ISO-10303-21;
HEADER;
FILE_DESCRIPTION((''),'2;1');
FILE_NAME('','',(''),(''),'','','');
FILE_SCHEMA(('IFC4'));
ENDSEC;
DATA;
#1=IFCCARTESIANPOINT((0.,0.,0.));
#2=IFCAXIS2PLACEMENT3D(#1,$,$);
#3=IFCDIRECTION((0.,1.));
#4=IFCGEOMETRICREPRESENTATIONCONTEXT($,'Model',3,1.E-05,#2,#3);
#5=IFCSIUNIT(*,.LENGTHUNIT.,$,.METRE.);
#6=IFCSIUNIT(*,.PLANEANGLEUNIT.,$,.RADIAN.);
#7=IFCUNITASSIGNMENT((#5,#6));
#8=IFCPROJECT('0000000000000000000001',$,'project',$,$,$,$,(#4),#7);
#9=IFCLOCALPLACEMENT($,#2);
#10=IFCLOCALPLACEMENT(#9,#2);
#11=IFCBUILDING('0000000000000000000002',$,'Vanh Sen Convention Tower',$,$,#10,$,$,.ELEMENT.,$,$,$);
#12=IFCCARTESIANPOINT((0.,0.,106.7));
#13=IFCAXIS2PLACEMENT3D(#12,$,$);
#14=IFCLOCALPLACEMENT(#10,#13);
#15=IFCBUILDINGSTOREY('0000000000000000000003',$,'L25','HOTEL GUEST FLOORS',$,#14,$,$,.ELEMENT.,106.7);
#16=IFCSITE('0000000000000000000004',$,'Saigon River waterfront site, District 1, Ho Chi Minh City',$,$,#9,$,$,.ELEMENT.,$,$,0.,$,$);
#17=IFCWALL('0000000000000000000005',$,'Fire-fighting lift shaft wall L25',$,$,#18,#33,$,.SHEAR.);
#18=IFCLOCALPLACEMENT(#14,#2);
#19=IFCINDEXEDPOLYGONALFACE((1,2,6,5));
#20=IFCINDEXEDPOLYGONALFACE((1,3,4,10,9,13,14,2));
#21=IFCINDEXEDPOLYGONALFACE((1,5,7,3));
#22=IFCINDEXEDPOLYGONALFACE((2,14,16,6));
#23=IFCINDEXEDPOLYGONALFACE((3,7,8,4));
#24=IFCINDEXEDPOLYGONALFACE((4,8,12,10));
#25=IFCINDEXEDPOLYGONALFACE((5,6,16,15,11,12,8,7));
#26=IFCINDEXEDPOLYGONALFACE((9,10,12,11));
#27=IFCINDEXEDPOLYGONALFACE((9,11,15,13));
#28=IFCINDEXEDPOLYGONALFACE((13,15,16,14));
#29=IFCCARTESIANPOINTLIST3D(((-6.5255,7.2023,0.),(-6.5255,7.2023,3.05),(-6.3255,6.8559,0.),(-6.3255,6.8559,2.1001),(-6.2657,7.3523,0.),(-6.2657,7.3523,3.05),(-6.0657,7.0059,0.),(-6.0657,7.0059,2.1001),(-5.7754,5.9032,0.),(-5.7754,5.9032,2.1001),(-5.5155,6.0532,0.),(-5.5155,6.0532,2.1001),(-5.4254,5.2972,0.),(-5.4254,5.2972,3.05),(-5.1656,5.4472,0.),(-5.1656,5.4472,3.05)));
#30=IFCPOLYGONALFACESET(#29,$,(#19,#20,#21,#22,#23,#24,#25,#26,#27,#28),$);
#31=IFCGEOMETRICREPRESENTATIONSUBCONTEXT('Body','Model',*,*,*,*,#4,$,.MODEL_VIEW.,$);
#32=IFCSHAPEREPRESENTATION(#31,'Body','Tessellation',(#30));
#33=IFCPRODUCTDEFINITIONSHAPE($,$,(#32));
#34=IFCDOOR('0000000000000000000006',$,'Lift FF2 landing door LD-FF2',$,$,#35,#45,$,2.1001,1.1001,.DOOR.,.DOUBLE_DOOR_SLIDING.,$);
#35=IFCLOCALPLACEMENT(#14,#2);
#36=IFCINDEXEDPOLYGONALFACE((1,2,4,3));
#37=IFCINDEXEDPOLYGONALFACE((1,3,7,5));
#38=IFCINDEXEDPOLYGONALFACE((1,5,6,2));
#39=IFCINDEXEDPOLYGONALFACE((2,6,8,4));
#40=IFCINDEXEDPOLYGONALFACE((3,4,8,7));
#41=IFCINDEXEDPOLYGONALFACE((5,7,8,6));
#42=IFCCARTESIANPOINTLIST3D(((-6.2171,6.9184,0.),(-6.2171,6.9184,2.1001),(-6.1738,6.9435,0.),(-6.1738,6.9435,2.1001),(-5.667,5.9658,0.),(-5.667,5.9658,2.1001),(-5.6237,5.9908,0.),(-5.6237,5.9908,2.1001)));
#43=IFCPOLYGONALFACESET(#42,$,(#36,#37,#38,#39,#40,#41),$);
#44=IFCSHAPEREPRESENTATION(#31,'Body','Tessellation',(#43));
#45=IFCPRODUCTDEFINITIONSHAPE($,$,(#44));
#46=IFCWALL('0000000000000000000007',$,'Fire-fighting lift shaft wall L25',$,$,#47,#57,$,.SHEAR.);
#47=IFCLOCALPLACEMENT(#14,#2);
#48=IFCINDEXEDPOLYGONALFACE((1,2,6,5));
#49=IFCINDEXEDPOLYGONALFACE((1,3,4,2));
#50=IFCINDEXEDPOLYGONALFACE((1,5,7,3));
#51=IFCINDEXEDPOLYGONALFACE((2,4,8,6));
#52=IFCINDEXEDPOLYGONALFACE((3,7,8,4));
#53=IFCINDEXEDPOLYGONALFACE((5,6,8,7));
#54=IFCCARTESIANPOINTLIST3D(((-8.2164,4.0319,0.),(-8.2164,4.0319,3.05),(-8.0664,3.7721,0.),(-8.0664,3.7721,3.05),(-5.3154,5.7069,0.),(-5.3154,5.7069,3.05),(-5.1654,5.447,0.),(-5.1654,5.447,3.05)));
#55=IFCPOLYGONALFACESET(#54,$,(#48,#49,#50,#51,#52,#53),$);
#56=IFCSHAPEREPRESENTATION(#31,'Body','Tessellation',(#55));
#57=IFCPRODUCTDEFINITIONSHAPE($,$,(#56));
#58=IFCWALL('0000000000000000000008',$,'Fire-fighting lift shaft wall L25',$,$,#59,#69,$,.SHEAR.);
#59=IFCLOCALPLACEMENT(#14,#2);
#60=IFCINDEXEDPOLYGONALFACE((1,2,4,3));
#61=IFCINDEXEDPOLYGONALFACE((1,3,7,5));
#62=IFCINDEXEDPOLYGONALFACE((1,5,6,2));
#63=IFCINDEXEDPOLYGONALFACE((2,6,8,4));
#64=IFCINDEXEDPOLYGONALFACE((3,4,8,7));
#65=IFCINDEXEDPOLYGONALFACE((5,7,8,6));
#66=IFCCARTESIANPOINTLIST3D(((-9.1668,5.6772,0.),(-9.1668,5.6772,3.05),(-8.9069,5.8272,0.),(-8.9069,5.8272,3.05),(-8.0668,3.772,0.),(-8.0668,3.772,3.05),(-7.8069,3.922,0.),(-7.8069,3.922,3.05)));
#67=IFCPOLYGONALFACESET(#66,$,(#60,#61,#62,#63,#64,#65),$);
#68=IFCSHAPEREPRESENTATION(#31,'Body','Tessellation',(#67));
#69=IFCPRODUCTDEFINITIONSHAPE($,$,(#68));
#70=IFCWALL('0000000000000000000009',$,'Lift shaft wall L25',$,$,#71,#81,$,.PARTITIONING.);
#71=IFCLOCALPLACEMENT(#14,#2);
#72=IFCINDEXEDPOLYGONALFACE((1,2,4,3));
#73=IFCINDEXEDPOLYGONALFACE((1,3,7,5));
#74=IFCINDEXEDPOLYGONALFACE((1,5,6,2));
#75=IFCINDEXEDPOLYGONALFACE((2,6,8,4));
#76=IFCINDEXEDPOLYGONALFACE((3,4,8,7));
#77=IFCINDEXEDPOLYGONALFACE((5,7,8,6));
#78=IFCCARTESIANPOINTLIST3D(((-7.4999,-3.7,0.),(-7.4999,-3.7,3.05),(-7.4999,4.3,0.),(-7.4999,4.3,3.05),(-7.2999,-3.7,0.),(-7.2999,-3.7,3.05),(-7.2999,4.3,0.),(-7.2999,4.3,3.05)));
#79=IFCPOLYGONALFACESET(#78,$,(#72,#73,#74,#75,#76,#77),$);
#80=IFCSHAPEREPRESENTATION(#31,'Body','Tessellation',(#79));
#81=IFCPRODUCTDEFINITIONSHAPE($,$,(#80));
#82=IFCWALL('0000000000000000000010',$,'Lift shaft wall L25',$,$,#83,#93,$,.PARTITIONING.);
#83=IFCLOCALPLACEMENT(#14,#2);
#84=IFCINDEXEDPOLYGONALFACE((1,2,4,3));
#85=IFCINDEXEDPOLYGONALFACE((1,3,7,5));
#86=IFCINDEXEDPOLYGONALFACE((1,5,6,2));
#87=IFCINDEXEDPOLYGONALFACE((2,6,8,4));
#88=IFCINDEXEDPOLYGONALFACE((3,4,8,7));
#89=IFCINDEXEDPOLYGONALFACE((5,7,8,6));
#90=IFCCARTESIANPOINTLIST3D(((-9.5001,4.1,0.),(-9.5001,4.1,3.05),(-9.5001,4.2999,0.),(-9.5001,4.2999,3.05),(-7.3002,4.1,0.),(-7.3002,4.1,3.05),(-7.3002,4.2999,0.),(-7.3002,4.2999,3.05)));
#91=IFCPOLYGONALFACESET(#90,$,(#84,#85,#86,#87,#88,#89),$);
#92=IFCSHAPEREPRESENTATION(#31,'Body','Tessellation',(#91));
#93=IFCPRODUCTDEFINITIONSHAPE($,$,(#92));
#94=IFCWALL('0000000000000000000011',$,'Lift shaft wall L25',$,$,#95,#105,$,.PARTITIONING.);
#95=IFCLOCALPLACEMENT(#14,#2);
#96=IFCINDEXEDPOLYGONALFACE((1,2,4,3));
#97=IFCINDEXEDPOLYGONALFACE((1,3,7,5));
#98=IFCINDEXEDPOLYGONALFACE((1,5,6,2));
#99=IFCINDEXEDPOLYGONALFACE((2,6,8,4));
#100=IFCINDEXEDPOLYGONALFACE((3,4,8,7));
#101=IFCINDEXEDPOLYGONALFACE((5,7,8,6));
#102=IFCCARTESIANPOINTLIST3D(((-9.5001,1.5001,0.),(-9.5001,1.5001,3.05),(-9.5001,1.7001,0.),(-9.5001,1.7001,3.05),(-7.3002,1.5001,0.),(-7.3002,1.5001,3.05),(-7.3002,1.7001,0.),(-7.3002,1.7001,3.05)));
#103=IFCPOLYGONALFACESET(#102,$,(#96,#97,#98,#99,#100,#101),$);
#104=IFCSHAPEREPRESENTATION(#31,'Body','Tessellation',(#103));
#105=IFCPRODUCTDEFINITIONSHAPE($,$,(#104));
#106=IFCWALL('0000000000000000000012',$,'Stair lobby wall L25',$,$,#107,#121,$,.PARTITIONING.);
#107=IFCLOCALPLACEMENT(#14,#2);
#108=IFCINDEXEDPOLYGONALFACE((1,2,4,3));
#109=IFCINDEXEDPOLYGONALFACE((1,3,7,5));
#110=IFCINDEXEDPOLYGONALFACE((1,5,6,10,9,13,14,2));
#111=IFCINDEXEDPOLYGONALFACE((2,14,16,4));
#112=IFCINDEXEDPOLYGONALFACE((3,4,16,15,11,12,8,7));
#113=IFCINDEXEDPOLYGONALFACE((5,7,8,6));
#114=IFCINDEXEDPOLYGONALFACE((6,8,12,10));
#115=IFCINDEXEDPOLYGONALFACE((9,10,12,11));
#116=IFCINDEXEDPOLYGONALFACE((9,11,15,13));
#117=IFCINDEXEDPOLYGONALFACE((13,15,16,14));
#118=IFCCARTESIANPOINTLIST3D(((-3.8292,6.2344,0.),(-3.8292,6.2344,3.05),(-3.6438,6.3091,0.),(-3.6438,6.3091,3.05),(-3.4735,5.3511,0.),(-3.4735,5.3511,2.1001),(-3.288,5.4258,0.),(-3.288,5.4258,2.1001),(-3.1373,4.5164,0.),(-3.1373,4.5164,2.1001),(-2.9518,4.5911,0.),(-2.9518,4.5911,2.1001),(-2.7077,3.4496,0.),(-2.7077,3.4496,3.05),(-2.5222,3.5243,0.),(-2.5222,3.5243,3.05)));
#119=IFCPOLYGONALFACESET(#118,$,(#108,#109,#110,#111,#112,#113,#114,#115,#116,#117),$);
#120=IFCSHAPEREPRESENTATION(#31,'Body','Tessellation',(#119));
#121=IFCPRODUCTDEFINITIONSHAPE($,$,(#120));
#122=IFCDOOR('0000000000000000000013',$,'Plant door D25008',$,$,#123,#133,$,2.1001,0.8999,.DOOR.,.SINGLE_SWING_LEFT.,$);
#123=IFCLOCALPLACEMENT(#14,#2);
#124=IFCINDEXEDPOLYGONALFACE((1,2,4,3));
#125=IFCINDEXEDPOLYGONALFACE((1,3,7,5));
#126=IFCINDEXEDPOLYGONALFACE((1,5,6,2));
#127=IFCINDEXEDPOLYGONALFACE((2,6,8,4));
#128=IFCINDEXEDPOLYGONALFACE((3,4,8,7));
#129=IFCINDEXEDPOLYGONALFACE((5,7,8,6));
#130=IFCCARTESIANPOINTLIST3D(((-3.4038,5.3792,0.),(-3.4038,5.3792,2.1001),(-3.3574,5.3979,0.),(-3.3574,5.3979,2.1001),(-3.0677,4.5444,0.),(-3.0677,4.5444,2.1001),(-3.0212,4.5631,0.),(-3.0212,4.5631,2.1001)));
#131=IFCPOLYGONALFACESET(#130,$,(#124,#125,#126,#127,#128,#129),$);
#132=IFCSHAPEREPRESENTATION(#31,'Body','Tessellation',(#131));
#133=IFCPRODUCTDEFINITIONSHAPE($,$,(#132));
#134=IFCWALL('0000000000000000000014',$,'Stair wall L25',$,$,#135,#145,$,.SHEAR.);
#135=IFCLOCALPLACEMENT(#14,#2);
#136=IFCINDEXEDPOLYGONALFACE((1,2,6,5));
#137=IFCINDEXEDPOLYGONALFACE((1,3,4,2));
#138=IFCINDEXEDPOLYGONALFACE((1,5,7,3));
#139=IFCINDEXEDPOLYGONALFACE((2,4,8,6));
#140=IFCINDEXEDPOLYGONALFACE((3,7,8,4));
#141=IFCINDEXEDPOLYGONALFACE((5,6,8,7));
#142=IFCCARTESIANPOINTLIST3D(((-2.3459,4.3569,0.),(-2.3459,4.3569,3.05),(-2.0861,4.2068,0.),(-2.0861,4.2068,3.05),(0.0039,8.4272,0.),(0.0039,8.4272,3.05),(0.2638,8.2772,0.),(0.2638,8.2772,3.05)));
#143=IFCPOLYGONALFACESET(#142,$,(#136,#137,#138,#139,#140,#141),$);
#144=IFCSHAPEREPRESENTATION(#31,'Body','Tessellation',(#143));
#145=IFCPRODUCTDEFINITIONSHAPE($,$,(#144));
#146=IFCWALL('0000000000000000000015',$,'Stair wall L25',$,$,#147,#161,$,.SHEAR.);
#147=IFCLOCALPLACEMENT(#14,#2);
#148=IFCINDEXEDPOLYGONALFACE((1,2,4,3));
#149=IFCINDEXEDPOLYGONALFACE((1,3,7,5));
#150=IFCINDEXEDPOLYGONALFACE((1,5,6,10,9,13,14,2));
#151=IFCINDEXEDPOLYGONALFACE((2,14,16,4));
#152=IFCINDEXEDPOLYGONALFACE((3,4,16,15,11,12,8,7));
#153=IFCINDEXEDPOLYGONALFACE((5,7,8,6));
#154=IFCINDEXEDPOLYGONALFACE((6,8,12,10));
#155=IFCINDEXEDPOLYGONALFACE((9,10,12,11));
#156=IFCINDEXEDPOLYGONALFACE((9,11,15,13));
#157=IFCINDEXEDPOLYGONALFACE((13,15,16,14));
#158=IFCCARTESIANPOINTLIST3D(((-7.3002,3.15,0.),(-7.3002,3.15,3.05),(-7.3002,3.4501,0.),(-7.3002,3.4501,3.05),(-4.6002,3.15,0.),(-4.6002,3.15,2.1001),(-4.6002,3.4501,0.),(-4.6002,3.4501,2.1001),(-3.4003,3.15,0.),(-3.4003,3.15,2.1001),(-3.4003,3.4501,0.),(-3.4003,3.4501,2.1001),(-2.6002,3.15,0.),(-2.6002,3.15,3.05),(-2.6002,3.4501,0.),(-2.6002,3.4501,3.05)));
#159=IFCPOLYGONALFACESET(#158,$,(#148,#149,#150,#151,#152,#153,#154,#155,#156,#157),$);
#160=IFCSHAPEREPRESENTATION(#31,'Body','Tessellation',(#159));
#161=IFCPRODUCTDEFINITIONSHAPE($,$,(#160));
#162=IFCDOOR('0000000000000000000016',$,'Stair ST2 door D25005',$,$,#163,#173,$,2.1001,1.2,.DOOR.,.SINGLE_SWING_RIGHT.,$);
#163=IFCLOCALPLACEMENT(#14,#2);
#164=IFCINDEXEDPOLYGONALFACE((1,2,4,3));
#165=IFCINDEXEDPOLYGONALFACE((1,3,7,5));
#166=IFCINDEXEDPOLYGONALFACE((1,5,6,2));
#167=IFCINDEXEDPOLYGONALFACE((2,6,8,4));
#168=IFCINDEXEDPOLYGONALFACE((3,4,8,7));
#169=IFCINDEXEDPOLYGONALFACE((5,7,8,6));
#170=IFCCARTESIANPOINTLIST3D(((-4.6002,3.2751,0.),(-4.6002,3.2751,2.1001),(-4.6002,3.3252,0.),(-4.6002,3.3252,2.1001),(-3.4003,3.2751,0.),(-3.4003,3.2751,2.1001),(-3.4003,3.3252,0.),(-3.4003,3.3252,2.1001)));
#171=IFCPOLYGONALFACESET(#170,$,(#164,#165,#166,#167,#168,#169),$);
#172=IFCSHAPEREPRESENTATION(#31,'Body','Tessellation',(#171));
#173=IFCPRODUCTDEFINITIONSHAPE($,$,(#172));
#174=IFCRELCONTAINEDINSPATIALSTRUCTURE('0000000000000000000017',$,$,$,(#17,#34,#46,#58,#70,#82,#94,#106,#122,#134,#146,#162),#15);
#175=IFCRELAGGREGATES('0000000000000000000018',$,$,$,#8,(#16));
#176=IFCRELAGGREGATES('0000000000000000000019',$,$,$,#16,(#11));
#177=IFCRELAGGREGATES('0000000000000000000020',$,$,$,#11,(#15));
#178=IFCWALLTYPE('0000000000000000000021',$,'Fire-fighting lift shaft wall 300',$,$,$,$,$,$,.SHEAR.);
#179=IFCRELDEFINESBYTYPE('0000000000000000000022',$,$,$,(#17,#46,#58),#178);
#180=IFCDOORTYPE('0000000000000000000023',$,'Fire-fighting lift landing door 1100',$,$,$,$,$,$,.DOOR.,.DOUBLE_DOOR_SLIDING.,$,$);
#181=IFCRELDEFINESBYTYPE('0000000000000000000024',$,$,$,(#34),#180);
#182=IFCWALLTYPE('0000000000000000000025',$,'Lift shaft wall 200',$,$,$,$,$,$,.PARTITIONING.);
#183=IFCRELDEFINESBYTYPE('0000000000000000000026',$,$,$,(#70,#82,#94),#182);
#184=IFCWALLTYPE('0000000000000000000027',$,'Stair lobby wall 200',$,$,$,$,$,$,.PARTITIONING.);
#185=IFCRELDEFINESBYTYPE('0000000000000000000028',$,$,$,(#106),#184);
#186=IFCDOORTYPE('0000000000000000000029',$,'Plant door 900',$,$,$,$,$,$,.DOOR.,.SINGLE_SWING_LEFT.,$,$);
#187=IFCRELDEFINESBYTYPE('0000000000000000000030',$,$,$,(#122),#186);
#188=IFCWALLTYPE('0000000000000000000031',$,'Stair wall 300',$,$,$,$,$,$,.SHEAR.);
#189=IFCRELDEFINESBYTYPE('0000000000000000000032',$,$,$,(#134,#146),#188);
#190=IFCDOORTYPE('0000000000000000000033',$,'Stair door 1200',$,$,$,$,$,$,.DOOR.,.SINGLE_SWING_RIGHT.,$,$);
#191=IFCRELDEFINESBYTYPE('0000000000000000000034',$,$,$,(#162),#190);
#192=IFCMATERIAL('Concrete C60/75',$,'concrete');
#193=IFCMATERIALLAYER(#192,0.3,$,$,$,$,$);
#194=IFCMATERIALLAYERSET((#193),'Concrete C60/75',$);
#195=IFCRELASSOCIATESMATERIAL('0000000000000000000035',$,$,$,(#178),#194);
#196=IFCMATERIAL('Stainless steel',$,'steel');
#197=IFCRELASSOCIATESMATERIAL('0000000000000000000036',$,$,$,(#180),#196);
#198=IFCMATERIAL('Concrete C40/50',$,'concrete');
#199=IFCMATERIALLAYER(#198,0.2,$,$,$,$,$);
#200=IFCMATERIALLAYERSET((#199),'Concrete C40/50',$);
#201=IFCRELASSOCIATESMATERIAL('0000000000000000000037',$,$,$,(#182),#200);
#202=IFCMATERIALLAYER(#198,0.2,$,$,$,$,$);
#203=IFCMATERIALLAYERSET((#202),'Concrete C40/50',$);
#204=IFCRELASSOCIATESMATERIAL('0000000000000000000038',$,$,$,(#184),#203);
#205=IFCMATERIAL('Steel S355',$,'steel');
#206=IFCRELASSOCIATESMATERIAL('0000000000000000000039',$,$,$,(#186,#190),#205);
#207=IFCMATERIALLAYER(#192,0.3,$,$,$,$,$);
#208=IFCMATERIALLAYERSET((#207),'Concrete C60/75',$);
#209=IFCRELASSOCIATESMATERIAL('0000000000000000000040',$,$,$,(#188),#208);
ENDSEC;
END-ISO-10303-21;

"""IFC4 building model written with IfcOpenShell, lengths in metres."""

from ifc_helpers import new_model, si_unit, direction, frame, frame_2d, origin, place, context, subcontext, project, spatial, rectangle, extrude, material, layer, layer_set, type_object, element, fill, save


model = new_model("IFC4")

# Units and contexts
model_context = context("Model", 3, precision=1e-05, world=origin(), true_north=direction((0.0, 1.0)))
body_context = subcontext(model_context, "Body", "Model", "MODEL_VIEW")
ifc_project = project(units=[si_unit("LENGTHUNIT", "METRE"), si_unit("PLANEANGLEUNIT", "RADIAN")], contexts=[model_context])

# Site, building, storey
site_placement = place(None, origin())
site = spatial("IfcSite", under=ifc_project, at=site_placement, Name="Saigon River waterfront site, District 1, Ho Chi Minh City", CompositionType="ELEMENT", RefElevation=0.0)
building_placement = place(site_placement, origin())
building = spatial("IfcBuilding", under=site, at=building_placement, Name="Vanh Sen Convention Tower", CompositionType="ELEMENT")
storey_placement = place(building_placement, frame((0.0, 0.0, 106.7)))
storey = spatial("IfcBuildingStorey", under=building, at=storey_placement, Name="L25", Description="HOTEL GUEST FLOORS", CompositionType="ELEMENT", Elevation=106.7)

# Wall, opening, door
ifc_material_1 = material(Name="Concrete C60/75", Category="concrete")
ifc_layer_1 = layer(ifc_material_1, 0.3)
ifc_layer_set_1 = layer_set([ifc_layer_1], Name="Concrete C60/75")
wall_type_1 = type_object("IfcWallType", Name="Fire-fighting lift shaft wall 300", PredefinedType="SHEAR", material=ifc_layer_set_1)
wall_1_placement = place(storey_placement, frame((-5.2954, 5.3721, 0.0), z_axis=(0.0, 0.0, 1.0), x_axis=(-0.500078, 0.86598, 0.0)))
wall_1 = element("IfcWall", 1, at=wall_1_placement, inside=storey, type_object=wall_type_1, Name="Fire-fighting lift shaft wall L25", PredefinedType="SHEAR", context=body_context, shape_type="SweptSolid", body=[
    extrude(rectangle(XDim=2.2, YDim=0.3, at=frame_2d((1.1001, 0.0))), origin(), (0.0, 0.0, 1.0), 3.05),
])
opening_1_placement = place(wall_1_placement, frame((0.7, 0.0, 0.0)))
opening_1 = element("IfcOpeningElement", 2, at=opening_1_placement, cuts=wall_1, PredefinedType="OPENING", context=body_context, shape_type="SweptSolid", body=[
    extrude(rectangle(XDim=1.1001, YDim=2.1001, at=frame_2d((0.55, 1.05))), frame((0.0, 0.1599, 0.0), z_axis=(0.0, -1.0, 0.0), x_axis=(1.0, 0.0, 0.0)), (0.0, 0.0, 1.0), 0.3201),
])
ifc_material_2 = material(Name="Stainless steel", Category="steel")
door_type_1 = type_object("IfcDoorType", Name="Fire-fighting lift landing door 1100", OperationType="DOUBLE_DOOR_SLIDING", PredefinedType="DOOR", material=ifc_material_2)
door_1_placement = place(opening_1_placement, origin())
door_1 = element("IfcDoor", 3, at=door_1_placement, inside=storey, type_object=door_type_1, Name="Lift FF2 landing door LD-FF2", OperationType="DOUBLE_DOOR_SLIDING", OverallHeight=2.1001, OverallWidth=1.1001, PredefinedType="DOOR", context=body_context, shape_type="SweptSolid", body=[
    extrude(rectangle(XDim=1.1001, YDim=2.1001, at=frame_2d((0.55, 1.05))), frame((0.0, 0.0249, 0.0), z_axis=(0.0, -1.0, 0.0), x_axis=(1.0, 0.0, 0.0)), (0.0, 0.0, 1.0), 0.05),
])
fill(opening_1, door_1)

# Walls
wall_2_placement = place(storey_placement, frame((-5.2405, 5.5769, 0.0), z_axis=(0.0, 0.0, 1.0), x_axis=(-0.866014, -0.500019, 0.0)))
element("IfcWall", 4, at=wall_2_placement, inside=storey, type_object=wall_type_1, Name="Fire-fighting lift shaft wall L25", PredefinedType="SHEAR", context=body_context, shape_type="SweptSolid", body=[
    extrude(rectangle(XDim=3.3499, YDim=0.3, at=frame_2d((1.6748, 0.0))), origin(), (0.0, 0.0, 1.0), 3.05),
])
wall_3_placement = place(storey_placement, frame((-7.9368, 3.8469, 0.0), z_axis=(0.0, 0.0, 1.0), x_axis=(-0.50003, 0.866008, 0.0)))
element("IfcWall", 5, at=wall_3_placement, inside=storey, type_object=wall_type_1, Name="Fire-fighting lift shaft wall L25", PredefinedType="SHEAR", context=body_context, shape_type="SweptSolid", body=[
    extrude(rectangle(XDim=2.2, YDim=0.3, at=frame_2d((1.1001, 0.0))), origin(), (0.0, 0.0, 1.0), 3.05),
])
ifc_material_3 = material(Name="Concrete C40/50", Category="concrete")
ifc_layer_2 = layer(ifc_material_3, 0.2)
ifc_layer_set_2 = layer_set([ifc_layer_2], Name="Concrete C40/50")
wall_type_2 = type_object("IfcWallType", Name="Lift shaft wall 200", PredefinedType="PARTITIONING", material=ifc_layer_set_2)
wall_4_placement = place(storey_placement, frame((-7.3999, 4.3, 0.0), z_axis=(0.0, 0.0, 1.0), x_axis=(0.0, -1.0, 0.0)))
element("IfcWall", 6, at=wall_4_placement, inside=storey, type_object=wall_type_2, Name="Lift shaft wall L25", PredefinedType="PARTITIONING", context=body_context, shape_type="SweptSolid", body=[
    extrude(rectangle(XDim=8.0, YDim=0.2, at=frame_2d((4.0, 0.0))), origin(), (0.0, 0.0, 1.0), 3.05),
])
for number, where, z_axis, x_axis, name in (
    (7, (-7.3, 4.2, 0.0), (0.0, 0.0, 1.0), (-1.0, 0.0, 0.0), "Lift shaft wall L25"),
    (8, (-7.3, 1.6001, 0.0), (0.0, 0.0, 1.0), (-1.0, 0.0, 0.0), "Lift shaft wall L25"),
):
    element("IfcWall", number, at=place(storey_placement, frame(where, z_axis=z_axis, x_axis=x_axis)), inside=storey, type_object=wall_type_2, Name=name, PredefinedType="PARTITIONING", context=body_context, shape_type="SweptSolid", body=[
        extrude(rectangle(XDim=2.2, YDim=0.2, at=frame_2d((1.1001, 0.0))), origin(), (0.0, 0.0, 1.0), 3.05),
    ])

# Wall, opening, door
ifc_layer_3 = layer(ifc_material_3, 0.2)
ifc_layer_set_3 = layer_set([ifc_layer_3], Name="Concrete C40/50")
wall_type_3 = type_object("IfcWallType", Name="Stair lobby wall 200", PredefinedType="PARTITIONING", material=ifc_layer_set_3)
wall_5_placement = place(storey_placement, frame((-2.615, 3.4871, 0.0), z_axis=(0.0, 0.0, 1.0), x_axis=(-0.373577, 0.927599, 0.0)))
wall_5 = element("IfcWall", 9, at=wall_5_placement, inside=storey, type_object=wall_type_3, Name="Stair lobby wall L25", PredefinedType="PARTITIONING", context=body_context, shape_type="SweptSolid", body=[
    extrude(rectangle(XDim=3.0022, YDim=0.2, at=frame_2d((1.501, 0.0))), origin(), (0.0, 0.0, 1.0), 3.05),
])
opening_2_placement = place(wall_5_placement, frame((1.1499, 0.0, 0.0)))
opening_2 = element("IfcOpeningElement", 10, at=opening_2_placement, cuts=wall_5, PredefinedType="OPENING", context=body_context, shape_type="SweptSolid", body=[
    extrude(rectangle(XDim=0.8999, YDim=2.1001, at=frame_2d((0.45, 1.05))), frame((0.0, 0.1099, 0.0), z_axis=(0.0, -1.0, 0.0), x_axis=(1.0, 0.0, 0.0)), (0.0, 0.0, 1.0), 0.22),
])
ifc_material_4 = material(Name="Steel S355", Category="steel")
door_type_2 = type_object("IfcDoorType", Name="Plant door 900", OperationType="SINGLE_SWING_LEFT", PredefinedType="DOOR", material=ifc_material_4)
door_2_placement = place(opening_2_placement, origin())
door_2 = element("IfcDoor", 11, at=door_2_placement, inside=storey, type_object=door_type_2, Name="Plant door D25008", OperationType="SINGLE_SWING_LEFT", OverallHeight=2.1001, OverallWidth=0.8999, PredefinedType="DOOR", context=body_context, shape_type="SweptSolid", body=[
    extrude(rectangle(XDim=0.8999, YDim=2.1001, at=frame_2d((0.45, 1.05))), frame((0.0, 0.0249, 0.0), z_axis=(0.0, -1.0, 0.0), x_axis=(1.0, 0.0, 0.0)), (0.0, 0.0, 1.0), 0.05),
])
fill(opening_2, door_2)

# Wall
ifc_layer_4 = layer(ifc_material_1, 0.3)
ifc_layer_set_4 = layer_set([ifc_layer_4], Name="Concrete C60/75")
wall_type_4 = type_object("IfcWallType", Name="Stair wall 300", PredefinedType="SHEAR", material=ifc_layer_set_4)
wall_6_placement = place(storey_placement, frame((-2.2161, 4.2817, 0.0), z_axis=(0.0, 0.0, 1.0), x_axis=(0.499977, 0.866039, 0.0)))
element("IfcWall", 12, at=wall_6_placement, inside=storey, type_object=wall_type_4, Name="Stair wall L25", PredefinedType="SHEAR", context=body_context, shape_type="SweptSolid", body=[
    extrude(rectangle(XDim=4.7, YDim=0.3, at=frame_2d((2.3501, 0.0))), origin(), (0.0, 0.0, 1.0), 3.05),
])

# Wall, opening, door
wall_7_placement = place(storey_placement, frame((-2.6001, 3.3, 0.0), z_axis=(0.0, 0.0, 1.0), x_axis=(-1.0, 0.0, 0.0)))
wall_7 = element("IfcWall", 13, at=wall_7_placement, inside=storey, type_object=wall_type_4, Name="Stair wall L25", PredefinedType="SHEAR", context=body_context, shape_type="SweptSolid", body=[
    extrude(rectangle(XDim=4.7, YDim=0.3, at=frame_2d((2.3501, 0.0))), origin(), (0.0, 0.0, 1.0), 3.05),
])
opening_3_placement = place(wall_7_placement, frame((0.8, 0.0, 0.0)))
opening_3 = element("IfcOpeningElement", 14, at=opening_3_placement, cuts=wall_7, PredefinedType="OPENING", context=body_context, shape_type="SweptSolid", body=[
    extrude(rectangle(XDim=1.2, YDim=2.1001, at=frame_2d((0.6001, 1.05))), frame((0.0, 0.1599, 0.0), z_axis=(0.0, -1.0, 0.0), x_axis=(1.0, 0.0, 0.0)), (0.0, 0.0, 1.0), 0.3201),
])
door_type_3 = type_object("IfcDoorType", Name="Stair door 1200", OperationType="SINGLE_SWING_RIGHT", PredefinedType="DOOR", material=ifc_material_4)
door_3_placement = place(opening_3_placement, origin())
door_3 = element("IfcDoor", 15, at=door_3_placement, inside=storey, type_object=door_type_3, Name="Stair ST2 door D25005", OperationType="SINGLE_SWING_RIGHT", OverallHeight=2.1001, OverallWidth=1.2, PredefinedType="DOOR", context=body_context, shape_type="SweptSolid", body=[
    extrude(rectangle(XDim=1.2, YDim=2.1001, at=frame_2d((0.6001, 1.05))), frame((0.0, 0.0249, 0.0), z_axis=(0.0, -1.0, 0.0), x_axis=(1.0, 0.0, 0.0)), (0.0, 0.0, 1.0), 0.05),
])
fill(opening_3, door_3)

save(model, "model.ifc")
